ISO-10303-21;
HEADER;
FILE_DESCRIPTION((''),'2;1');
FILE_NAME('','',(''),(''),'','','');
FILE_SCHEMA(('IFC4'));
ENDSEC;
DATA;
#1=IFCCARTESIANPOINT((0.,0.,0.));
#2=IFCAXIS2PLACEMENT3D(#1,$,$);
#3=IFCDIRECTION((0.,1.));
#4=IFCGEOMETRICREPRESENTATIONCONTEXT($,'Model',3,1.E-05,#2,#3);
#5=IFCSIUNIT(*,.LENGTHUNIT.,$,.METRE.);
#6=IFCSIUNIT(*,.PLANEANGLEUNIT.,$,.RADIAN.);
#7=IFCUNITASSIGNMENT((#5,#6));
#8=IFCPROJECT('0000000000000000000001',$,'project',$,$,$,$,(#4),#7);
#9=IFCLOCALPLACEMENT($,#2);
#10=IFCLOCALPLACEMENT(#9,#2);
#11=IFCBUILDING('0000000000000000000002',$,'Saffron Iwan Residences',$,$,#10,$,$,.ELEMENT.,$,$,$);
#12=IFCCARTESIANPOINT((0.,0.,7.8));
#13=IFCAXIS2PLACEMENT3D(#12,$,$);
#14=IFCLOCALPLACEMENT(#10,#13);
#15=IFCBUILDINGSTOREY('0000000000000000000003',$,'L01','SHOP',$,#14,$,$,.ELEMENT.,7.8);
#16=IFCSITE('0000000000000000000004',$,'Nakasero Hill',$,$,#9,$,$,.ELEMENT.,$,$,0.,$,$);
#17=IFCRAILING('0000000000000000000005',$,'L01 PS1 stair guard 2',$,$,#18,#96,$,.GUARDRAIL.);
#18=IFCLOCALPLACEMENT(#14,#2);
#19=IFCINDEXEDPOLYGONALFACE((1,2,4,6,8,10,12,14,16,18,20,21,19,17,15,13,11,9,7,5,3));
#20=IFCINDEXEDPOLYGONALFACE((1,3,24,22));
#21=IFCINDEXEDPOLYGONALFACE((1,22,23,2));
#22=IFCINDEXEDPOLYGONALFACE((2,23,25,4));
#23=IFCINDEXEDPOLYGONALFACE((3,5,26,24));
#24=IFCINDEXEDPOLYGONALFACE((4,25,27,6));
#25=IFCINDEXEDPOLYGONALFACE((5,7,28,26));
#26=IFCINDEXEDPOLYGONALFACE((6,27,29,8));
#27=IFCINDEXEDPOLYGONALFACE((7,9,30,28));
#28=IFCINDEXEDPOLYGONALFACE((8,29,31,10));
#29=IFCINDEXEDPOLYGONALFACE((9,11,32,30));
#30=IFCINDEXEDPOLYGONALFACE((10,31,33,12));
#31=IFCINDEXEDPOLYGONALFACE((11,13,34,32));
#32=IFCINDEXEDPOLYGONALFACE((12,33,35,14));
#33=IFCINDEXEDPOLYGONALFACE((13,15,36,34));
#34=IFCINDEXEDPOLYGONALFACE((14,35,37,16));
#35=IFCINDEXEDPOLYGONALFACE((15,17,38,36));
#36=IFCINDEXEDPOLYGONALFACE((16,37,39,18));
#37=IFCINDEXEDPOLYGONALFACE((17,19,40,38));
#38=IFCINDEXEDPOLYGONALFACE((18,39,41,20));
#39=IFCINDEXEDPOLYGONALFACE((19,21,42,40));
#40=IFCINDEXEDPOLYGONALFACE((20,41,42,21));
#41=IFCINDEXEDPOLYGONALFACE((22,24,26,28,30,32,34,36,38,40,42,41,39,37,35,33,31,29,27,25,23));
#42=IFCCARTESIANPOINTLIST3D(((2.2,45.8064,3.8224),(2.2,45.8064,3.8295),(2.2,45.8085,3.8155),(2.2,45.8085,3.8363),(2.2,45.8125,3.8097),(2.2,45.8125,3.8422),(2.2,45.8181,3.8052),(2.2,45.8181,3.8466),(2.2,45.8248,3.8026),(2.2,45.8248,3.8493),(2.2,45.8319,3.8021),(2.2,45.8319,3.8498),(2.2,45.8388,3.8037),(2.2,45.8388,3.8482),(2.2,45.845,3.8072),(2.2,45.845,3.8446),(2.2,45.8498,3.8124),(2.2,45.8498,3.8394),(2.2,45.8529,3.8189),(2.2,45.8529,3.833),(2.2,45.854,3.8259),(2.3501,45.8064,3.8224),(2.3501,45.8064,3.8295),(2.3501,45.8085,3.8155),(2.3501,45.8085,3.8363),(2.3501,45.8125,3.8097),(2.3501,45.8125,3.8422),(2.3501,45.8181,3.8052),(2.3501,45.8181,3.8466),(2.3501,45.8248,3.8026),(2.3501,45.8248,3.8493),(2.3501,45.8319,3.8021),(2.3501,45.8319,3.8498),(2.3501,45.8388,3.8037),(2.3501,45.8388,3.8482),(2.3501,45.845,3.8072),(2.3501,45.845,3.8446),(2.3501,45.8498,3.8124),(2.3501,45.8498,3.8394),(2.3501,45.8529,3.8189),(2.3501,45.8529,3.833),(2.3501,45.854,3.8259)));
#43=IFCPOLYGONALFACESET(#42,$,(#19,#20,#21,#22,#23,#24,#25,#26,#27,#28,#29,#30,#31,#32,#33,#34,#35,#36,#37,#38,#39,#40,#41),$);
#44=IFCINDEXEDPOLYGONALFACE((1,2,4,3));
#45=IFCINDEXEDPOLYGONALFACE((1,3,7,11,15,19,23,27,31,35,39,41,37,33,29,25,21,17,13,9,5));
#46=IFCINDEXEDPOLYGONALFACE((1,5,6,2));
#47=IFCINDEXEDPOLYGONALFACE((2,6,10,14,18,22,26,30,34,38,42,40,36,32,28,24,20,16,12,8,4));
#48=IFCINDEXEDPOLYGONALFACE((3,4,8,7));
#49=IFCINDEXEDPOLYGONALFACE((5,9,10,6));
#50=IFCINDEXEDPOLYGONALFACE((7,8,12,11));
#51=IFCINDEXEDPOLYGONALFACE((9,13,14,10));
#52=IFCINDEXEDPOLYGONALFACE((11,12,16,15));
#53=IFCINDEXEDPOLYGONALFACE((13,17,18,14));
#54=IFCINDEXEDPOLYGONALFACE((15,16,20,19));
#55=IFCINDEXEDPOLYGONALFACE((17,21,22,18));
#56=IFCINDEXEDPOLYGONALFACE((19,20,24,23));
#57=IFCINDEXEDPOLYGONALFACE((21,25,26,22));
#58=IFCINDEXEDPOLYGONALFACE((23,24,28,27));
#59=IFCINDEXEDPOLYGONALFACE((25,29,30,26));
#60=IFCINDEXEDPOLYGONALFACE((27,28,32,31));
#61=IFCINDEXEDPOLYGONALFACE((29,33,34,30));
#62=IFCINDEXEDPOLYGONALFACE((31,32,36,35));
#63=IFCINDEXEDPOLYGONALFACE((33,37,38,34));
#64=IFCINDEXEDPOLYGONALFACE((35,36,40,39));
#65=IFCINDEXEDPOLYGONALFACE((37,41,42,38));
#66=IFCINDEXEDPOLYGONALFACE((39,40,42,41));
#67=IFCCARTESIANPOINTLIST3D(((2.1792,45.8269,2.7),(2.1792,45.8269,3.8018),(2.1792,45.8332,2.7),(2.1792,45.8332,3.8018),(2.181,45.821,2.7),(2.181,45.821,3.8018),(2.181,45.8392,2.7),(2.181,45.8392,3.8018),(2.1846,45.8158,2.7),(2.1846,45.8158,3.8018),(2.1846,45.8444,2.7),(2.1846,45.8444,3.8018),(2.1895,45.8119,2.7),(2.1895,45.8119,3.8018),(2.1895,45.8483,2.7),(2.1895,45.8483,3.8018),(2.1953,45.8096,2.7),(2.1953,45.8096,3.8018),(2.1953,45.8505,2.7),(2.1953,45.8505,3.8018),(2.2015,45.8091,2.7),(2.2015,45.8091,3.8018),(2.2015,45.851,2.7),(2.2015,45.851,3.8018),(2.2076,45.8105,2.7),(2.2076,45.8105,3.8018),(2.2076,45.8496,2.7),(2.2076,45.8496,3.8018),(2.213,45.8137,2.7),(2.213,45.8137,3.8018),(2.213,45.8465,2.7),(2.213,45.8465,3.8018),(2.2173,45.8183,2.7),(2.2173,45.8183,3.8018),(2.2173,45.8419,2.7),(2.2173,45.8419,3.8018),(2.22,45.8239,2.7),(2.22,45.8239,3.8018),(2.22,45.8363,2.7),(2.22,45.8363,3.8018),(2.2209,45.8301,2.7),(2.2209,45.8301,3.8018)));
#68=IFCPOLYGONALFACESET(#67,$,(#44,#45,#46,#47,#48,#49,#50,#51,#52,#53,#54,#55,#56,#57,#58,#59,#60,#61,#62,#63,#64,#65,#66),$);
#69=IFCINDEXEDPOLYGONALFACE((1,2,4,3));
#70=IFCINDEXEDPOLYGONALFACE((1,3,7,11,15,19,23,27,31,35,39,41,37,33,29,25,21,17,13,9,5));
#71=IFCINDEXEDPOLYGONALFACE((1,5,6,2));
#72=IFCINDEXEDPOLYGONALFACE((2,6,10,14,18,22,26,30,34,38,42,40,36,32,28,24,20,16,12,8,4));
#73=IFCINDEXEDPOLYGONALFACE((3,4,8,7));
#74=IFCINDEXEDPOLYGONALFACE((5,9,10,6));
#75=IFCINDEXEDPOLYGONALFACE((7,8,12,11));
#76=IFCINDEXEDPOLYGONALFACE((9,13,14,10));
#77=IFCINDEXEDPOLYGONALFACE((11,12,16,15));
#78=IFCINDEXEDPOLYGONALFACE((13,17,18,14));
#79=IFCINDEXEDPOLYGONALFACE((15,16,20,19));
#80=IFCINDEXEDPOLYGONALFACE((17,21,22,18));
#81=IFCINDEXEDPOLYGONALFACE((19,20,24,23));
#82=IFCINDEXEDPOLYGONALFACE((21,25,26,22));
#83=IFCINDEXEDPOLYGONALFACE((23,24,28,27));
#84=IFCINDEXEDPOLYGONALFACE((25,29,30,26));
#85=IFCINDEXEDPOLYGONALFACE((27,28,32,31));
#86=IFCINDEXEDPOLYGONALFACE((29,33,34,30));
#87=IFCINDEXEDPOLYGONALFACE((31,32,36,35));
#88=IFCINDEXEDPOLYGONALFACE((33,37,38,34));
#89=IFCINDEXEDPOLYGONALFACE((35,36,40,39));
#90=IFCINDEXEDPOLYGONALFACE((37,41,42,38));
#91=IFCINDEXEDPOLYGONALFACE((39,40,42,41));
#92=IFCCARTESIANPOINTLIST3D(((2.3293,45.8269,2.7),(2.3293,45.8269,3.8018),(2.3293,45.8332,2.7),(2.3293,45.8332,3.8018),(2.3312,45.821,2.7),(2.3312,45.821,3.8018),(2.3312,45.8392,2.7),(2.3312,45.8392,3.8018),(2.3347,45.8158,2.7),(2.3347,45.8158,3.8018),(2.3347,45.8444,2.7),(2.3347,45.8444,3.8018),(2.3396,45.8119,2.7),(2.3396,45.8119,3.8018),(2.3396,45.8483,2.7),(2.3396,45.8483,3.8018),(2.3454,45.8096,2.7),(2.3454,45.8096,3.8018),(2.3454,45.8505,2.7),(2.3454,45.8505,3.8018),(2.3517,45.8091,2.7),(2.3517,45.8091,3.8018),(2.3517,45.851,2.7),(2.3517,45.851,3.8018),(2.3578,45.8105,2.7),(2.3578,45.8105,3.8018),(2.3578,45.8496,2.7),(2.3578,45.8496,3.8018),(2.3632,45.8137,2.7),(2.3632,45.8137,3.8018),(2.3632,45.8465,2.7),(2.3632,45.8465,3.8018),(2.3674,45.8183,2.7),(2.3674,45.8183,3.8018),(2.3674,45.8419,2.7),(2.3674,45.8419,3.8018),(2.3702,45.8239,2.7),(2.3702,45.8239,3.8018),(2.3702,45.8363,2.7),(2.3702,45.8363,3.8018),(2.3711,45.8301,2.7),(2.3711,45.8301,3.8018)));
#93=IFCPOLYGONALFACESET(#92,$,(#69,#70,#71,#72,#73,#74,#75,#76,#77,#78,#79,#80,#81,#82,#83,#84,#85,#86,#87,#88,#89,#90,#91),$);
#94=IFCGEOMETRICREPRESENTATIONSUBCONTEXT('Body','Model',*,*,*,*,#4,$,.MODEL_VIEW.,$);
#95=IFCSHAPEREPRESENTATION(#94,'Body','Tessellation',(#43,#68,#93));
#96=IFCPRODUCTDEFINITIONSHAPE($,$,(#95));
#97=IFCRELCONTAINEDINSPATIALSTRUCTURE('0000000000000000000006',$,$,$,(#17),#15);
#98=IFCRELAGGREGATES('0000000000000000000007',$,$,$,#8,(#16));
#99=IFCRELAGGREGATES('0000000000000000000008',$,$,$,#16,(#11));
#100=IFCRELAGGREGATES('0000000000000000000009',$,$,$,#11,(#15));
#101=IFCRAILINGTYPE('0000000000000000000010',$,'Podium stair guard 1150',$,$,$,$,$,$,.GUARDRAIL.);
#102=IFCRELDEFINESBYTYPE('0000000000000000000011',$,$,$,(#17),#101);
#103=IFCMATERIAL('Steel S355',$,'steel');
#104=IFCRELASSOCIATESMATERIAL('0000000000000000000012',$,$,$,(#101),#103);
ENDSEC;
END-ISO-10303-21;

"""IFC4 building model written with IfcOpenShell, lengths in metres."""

from ifc_helpers import new_model, si_unit, direction, frame, origin, origin_2d, place, context, subcontext, project, spatial, circle, extrude, material, type_object, element, save


model = new_model("IFC4")

# Units and contexts
model_context = context("Model", 3, precision=1e-05, world=origin(), true_north=direction((0.0, 1.0)))
body_context = subcontext(model_context, "Body", "Model", "MODEL_VIEW")
ifc_project = project(units=[si_unit("LENGTHUNIT", "METRE"), si_unit("PLANEANGLEUNIT", "RADIAN")], contexts=[model_context])

# Site, building, storey
site_placement = place(None, origin())
site = spatial("IfcSite", under=ifc_project, at=site_placement, Name="Nakasero Hill", CompositionType="ELEMENT", RefElevation=0.0)
building_placement = place(site_placement, origin())
building = spatial("IfcBuilding", under=site, at=building_placement, Name="Saffron Iwan Residences", CompositionType="ELEMENT")
storey_placement = place(building_placement, frame((0.0, 0.0, 7.8)))
storey = spatial("IfcBuildingStorey", under=building, at=storey_placement, Name="L01", Description="SHOP", CompositionType="ELEMENT", Elevation=7.8)

# Railing
ifc_material_1 = material(Name="Steel S355", Category="steel")
railing_type_1 = type_object("IfcRailingType", Name="Podium stair guard 1150", PredefinedType="GUARDRAIL", material=ifc_material_1)
railing_1_placement = place(storey_placement, frame((2.2, 45.8301, 2.7)))
element("IfcRailing", 1, at=railing_1_placement, inside=storey, type_object=railing_type_1, Name="L01 PS1 stair guard 2", PredefinedType="GUARDRAIL", context=body_context, shape_type="SweptSolid", body=[
    extrude(circle(Radius=0.0239, at=origin_2d()), frame((0.0, 0.0, 1.126), z_axis=(1.0, 0.0, 0.0), x_axis=(0.0, 1.0, 0.0)), (0.0, 0.0, 1.0), 0.1501),
    extrude(circle(Radius=0.021, at=origin_2d()), origin(), (0.0, 0.0, 1.0), 1.1018),
    extrude(circle(Radius=0.021, at=origin_2d()), frame((0.1501, 0.0, 0.0)), (0.0, 0.0, 1.0), 1.1018),
])

save(model, "model.ifc")
